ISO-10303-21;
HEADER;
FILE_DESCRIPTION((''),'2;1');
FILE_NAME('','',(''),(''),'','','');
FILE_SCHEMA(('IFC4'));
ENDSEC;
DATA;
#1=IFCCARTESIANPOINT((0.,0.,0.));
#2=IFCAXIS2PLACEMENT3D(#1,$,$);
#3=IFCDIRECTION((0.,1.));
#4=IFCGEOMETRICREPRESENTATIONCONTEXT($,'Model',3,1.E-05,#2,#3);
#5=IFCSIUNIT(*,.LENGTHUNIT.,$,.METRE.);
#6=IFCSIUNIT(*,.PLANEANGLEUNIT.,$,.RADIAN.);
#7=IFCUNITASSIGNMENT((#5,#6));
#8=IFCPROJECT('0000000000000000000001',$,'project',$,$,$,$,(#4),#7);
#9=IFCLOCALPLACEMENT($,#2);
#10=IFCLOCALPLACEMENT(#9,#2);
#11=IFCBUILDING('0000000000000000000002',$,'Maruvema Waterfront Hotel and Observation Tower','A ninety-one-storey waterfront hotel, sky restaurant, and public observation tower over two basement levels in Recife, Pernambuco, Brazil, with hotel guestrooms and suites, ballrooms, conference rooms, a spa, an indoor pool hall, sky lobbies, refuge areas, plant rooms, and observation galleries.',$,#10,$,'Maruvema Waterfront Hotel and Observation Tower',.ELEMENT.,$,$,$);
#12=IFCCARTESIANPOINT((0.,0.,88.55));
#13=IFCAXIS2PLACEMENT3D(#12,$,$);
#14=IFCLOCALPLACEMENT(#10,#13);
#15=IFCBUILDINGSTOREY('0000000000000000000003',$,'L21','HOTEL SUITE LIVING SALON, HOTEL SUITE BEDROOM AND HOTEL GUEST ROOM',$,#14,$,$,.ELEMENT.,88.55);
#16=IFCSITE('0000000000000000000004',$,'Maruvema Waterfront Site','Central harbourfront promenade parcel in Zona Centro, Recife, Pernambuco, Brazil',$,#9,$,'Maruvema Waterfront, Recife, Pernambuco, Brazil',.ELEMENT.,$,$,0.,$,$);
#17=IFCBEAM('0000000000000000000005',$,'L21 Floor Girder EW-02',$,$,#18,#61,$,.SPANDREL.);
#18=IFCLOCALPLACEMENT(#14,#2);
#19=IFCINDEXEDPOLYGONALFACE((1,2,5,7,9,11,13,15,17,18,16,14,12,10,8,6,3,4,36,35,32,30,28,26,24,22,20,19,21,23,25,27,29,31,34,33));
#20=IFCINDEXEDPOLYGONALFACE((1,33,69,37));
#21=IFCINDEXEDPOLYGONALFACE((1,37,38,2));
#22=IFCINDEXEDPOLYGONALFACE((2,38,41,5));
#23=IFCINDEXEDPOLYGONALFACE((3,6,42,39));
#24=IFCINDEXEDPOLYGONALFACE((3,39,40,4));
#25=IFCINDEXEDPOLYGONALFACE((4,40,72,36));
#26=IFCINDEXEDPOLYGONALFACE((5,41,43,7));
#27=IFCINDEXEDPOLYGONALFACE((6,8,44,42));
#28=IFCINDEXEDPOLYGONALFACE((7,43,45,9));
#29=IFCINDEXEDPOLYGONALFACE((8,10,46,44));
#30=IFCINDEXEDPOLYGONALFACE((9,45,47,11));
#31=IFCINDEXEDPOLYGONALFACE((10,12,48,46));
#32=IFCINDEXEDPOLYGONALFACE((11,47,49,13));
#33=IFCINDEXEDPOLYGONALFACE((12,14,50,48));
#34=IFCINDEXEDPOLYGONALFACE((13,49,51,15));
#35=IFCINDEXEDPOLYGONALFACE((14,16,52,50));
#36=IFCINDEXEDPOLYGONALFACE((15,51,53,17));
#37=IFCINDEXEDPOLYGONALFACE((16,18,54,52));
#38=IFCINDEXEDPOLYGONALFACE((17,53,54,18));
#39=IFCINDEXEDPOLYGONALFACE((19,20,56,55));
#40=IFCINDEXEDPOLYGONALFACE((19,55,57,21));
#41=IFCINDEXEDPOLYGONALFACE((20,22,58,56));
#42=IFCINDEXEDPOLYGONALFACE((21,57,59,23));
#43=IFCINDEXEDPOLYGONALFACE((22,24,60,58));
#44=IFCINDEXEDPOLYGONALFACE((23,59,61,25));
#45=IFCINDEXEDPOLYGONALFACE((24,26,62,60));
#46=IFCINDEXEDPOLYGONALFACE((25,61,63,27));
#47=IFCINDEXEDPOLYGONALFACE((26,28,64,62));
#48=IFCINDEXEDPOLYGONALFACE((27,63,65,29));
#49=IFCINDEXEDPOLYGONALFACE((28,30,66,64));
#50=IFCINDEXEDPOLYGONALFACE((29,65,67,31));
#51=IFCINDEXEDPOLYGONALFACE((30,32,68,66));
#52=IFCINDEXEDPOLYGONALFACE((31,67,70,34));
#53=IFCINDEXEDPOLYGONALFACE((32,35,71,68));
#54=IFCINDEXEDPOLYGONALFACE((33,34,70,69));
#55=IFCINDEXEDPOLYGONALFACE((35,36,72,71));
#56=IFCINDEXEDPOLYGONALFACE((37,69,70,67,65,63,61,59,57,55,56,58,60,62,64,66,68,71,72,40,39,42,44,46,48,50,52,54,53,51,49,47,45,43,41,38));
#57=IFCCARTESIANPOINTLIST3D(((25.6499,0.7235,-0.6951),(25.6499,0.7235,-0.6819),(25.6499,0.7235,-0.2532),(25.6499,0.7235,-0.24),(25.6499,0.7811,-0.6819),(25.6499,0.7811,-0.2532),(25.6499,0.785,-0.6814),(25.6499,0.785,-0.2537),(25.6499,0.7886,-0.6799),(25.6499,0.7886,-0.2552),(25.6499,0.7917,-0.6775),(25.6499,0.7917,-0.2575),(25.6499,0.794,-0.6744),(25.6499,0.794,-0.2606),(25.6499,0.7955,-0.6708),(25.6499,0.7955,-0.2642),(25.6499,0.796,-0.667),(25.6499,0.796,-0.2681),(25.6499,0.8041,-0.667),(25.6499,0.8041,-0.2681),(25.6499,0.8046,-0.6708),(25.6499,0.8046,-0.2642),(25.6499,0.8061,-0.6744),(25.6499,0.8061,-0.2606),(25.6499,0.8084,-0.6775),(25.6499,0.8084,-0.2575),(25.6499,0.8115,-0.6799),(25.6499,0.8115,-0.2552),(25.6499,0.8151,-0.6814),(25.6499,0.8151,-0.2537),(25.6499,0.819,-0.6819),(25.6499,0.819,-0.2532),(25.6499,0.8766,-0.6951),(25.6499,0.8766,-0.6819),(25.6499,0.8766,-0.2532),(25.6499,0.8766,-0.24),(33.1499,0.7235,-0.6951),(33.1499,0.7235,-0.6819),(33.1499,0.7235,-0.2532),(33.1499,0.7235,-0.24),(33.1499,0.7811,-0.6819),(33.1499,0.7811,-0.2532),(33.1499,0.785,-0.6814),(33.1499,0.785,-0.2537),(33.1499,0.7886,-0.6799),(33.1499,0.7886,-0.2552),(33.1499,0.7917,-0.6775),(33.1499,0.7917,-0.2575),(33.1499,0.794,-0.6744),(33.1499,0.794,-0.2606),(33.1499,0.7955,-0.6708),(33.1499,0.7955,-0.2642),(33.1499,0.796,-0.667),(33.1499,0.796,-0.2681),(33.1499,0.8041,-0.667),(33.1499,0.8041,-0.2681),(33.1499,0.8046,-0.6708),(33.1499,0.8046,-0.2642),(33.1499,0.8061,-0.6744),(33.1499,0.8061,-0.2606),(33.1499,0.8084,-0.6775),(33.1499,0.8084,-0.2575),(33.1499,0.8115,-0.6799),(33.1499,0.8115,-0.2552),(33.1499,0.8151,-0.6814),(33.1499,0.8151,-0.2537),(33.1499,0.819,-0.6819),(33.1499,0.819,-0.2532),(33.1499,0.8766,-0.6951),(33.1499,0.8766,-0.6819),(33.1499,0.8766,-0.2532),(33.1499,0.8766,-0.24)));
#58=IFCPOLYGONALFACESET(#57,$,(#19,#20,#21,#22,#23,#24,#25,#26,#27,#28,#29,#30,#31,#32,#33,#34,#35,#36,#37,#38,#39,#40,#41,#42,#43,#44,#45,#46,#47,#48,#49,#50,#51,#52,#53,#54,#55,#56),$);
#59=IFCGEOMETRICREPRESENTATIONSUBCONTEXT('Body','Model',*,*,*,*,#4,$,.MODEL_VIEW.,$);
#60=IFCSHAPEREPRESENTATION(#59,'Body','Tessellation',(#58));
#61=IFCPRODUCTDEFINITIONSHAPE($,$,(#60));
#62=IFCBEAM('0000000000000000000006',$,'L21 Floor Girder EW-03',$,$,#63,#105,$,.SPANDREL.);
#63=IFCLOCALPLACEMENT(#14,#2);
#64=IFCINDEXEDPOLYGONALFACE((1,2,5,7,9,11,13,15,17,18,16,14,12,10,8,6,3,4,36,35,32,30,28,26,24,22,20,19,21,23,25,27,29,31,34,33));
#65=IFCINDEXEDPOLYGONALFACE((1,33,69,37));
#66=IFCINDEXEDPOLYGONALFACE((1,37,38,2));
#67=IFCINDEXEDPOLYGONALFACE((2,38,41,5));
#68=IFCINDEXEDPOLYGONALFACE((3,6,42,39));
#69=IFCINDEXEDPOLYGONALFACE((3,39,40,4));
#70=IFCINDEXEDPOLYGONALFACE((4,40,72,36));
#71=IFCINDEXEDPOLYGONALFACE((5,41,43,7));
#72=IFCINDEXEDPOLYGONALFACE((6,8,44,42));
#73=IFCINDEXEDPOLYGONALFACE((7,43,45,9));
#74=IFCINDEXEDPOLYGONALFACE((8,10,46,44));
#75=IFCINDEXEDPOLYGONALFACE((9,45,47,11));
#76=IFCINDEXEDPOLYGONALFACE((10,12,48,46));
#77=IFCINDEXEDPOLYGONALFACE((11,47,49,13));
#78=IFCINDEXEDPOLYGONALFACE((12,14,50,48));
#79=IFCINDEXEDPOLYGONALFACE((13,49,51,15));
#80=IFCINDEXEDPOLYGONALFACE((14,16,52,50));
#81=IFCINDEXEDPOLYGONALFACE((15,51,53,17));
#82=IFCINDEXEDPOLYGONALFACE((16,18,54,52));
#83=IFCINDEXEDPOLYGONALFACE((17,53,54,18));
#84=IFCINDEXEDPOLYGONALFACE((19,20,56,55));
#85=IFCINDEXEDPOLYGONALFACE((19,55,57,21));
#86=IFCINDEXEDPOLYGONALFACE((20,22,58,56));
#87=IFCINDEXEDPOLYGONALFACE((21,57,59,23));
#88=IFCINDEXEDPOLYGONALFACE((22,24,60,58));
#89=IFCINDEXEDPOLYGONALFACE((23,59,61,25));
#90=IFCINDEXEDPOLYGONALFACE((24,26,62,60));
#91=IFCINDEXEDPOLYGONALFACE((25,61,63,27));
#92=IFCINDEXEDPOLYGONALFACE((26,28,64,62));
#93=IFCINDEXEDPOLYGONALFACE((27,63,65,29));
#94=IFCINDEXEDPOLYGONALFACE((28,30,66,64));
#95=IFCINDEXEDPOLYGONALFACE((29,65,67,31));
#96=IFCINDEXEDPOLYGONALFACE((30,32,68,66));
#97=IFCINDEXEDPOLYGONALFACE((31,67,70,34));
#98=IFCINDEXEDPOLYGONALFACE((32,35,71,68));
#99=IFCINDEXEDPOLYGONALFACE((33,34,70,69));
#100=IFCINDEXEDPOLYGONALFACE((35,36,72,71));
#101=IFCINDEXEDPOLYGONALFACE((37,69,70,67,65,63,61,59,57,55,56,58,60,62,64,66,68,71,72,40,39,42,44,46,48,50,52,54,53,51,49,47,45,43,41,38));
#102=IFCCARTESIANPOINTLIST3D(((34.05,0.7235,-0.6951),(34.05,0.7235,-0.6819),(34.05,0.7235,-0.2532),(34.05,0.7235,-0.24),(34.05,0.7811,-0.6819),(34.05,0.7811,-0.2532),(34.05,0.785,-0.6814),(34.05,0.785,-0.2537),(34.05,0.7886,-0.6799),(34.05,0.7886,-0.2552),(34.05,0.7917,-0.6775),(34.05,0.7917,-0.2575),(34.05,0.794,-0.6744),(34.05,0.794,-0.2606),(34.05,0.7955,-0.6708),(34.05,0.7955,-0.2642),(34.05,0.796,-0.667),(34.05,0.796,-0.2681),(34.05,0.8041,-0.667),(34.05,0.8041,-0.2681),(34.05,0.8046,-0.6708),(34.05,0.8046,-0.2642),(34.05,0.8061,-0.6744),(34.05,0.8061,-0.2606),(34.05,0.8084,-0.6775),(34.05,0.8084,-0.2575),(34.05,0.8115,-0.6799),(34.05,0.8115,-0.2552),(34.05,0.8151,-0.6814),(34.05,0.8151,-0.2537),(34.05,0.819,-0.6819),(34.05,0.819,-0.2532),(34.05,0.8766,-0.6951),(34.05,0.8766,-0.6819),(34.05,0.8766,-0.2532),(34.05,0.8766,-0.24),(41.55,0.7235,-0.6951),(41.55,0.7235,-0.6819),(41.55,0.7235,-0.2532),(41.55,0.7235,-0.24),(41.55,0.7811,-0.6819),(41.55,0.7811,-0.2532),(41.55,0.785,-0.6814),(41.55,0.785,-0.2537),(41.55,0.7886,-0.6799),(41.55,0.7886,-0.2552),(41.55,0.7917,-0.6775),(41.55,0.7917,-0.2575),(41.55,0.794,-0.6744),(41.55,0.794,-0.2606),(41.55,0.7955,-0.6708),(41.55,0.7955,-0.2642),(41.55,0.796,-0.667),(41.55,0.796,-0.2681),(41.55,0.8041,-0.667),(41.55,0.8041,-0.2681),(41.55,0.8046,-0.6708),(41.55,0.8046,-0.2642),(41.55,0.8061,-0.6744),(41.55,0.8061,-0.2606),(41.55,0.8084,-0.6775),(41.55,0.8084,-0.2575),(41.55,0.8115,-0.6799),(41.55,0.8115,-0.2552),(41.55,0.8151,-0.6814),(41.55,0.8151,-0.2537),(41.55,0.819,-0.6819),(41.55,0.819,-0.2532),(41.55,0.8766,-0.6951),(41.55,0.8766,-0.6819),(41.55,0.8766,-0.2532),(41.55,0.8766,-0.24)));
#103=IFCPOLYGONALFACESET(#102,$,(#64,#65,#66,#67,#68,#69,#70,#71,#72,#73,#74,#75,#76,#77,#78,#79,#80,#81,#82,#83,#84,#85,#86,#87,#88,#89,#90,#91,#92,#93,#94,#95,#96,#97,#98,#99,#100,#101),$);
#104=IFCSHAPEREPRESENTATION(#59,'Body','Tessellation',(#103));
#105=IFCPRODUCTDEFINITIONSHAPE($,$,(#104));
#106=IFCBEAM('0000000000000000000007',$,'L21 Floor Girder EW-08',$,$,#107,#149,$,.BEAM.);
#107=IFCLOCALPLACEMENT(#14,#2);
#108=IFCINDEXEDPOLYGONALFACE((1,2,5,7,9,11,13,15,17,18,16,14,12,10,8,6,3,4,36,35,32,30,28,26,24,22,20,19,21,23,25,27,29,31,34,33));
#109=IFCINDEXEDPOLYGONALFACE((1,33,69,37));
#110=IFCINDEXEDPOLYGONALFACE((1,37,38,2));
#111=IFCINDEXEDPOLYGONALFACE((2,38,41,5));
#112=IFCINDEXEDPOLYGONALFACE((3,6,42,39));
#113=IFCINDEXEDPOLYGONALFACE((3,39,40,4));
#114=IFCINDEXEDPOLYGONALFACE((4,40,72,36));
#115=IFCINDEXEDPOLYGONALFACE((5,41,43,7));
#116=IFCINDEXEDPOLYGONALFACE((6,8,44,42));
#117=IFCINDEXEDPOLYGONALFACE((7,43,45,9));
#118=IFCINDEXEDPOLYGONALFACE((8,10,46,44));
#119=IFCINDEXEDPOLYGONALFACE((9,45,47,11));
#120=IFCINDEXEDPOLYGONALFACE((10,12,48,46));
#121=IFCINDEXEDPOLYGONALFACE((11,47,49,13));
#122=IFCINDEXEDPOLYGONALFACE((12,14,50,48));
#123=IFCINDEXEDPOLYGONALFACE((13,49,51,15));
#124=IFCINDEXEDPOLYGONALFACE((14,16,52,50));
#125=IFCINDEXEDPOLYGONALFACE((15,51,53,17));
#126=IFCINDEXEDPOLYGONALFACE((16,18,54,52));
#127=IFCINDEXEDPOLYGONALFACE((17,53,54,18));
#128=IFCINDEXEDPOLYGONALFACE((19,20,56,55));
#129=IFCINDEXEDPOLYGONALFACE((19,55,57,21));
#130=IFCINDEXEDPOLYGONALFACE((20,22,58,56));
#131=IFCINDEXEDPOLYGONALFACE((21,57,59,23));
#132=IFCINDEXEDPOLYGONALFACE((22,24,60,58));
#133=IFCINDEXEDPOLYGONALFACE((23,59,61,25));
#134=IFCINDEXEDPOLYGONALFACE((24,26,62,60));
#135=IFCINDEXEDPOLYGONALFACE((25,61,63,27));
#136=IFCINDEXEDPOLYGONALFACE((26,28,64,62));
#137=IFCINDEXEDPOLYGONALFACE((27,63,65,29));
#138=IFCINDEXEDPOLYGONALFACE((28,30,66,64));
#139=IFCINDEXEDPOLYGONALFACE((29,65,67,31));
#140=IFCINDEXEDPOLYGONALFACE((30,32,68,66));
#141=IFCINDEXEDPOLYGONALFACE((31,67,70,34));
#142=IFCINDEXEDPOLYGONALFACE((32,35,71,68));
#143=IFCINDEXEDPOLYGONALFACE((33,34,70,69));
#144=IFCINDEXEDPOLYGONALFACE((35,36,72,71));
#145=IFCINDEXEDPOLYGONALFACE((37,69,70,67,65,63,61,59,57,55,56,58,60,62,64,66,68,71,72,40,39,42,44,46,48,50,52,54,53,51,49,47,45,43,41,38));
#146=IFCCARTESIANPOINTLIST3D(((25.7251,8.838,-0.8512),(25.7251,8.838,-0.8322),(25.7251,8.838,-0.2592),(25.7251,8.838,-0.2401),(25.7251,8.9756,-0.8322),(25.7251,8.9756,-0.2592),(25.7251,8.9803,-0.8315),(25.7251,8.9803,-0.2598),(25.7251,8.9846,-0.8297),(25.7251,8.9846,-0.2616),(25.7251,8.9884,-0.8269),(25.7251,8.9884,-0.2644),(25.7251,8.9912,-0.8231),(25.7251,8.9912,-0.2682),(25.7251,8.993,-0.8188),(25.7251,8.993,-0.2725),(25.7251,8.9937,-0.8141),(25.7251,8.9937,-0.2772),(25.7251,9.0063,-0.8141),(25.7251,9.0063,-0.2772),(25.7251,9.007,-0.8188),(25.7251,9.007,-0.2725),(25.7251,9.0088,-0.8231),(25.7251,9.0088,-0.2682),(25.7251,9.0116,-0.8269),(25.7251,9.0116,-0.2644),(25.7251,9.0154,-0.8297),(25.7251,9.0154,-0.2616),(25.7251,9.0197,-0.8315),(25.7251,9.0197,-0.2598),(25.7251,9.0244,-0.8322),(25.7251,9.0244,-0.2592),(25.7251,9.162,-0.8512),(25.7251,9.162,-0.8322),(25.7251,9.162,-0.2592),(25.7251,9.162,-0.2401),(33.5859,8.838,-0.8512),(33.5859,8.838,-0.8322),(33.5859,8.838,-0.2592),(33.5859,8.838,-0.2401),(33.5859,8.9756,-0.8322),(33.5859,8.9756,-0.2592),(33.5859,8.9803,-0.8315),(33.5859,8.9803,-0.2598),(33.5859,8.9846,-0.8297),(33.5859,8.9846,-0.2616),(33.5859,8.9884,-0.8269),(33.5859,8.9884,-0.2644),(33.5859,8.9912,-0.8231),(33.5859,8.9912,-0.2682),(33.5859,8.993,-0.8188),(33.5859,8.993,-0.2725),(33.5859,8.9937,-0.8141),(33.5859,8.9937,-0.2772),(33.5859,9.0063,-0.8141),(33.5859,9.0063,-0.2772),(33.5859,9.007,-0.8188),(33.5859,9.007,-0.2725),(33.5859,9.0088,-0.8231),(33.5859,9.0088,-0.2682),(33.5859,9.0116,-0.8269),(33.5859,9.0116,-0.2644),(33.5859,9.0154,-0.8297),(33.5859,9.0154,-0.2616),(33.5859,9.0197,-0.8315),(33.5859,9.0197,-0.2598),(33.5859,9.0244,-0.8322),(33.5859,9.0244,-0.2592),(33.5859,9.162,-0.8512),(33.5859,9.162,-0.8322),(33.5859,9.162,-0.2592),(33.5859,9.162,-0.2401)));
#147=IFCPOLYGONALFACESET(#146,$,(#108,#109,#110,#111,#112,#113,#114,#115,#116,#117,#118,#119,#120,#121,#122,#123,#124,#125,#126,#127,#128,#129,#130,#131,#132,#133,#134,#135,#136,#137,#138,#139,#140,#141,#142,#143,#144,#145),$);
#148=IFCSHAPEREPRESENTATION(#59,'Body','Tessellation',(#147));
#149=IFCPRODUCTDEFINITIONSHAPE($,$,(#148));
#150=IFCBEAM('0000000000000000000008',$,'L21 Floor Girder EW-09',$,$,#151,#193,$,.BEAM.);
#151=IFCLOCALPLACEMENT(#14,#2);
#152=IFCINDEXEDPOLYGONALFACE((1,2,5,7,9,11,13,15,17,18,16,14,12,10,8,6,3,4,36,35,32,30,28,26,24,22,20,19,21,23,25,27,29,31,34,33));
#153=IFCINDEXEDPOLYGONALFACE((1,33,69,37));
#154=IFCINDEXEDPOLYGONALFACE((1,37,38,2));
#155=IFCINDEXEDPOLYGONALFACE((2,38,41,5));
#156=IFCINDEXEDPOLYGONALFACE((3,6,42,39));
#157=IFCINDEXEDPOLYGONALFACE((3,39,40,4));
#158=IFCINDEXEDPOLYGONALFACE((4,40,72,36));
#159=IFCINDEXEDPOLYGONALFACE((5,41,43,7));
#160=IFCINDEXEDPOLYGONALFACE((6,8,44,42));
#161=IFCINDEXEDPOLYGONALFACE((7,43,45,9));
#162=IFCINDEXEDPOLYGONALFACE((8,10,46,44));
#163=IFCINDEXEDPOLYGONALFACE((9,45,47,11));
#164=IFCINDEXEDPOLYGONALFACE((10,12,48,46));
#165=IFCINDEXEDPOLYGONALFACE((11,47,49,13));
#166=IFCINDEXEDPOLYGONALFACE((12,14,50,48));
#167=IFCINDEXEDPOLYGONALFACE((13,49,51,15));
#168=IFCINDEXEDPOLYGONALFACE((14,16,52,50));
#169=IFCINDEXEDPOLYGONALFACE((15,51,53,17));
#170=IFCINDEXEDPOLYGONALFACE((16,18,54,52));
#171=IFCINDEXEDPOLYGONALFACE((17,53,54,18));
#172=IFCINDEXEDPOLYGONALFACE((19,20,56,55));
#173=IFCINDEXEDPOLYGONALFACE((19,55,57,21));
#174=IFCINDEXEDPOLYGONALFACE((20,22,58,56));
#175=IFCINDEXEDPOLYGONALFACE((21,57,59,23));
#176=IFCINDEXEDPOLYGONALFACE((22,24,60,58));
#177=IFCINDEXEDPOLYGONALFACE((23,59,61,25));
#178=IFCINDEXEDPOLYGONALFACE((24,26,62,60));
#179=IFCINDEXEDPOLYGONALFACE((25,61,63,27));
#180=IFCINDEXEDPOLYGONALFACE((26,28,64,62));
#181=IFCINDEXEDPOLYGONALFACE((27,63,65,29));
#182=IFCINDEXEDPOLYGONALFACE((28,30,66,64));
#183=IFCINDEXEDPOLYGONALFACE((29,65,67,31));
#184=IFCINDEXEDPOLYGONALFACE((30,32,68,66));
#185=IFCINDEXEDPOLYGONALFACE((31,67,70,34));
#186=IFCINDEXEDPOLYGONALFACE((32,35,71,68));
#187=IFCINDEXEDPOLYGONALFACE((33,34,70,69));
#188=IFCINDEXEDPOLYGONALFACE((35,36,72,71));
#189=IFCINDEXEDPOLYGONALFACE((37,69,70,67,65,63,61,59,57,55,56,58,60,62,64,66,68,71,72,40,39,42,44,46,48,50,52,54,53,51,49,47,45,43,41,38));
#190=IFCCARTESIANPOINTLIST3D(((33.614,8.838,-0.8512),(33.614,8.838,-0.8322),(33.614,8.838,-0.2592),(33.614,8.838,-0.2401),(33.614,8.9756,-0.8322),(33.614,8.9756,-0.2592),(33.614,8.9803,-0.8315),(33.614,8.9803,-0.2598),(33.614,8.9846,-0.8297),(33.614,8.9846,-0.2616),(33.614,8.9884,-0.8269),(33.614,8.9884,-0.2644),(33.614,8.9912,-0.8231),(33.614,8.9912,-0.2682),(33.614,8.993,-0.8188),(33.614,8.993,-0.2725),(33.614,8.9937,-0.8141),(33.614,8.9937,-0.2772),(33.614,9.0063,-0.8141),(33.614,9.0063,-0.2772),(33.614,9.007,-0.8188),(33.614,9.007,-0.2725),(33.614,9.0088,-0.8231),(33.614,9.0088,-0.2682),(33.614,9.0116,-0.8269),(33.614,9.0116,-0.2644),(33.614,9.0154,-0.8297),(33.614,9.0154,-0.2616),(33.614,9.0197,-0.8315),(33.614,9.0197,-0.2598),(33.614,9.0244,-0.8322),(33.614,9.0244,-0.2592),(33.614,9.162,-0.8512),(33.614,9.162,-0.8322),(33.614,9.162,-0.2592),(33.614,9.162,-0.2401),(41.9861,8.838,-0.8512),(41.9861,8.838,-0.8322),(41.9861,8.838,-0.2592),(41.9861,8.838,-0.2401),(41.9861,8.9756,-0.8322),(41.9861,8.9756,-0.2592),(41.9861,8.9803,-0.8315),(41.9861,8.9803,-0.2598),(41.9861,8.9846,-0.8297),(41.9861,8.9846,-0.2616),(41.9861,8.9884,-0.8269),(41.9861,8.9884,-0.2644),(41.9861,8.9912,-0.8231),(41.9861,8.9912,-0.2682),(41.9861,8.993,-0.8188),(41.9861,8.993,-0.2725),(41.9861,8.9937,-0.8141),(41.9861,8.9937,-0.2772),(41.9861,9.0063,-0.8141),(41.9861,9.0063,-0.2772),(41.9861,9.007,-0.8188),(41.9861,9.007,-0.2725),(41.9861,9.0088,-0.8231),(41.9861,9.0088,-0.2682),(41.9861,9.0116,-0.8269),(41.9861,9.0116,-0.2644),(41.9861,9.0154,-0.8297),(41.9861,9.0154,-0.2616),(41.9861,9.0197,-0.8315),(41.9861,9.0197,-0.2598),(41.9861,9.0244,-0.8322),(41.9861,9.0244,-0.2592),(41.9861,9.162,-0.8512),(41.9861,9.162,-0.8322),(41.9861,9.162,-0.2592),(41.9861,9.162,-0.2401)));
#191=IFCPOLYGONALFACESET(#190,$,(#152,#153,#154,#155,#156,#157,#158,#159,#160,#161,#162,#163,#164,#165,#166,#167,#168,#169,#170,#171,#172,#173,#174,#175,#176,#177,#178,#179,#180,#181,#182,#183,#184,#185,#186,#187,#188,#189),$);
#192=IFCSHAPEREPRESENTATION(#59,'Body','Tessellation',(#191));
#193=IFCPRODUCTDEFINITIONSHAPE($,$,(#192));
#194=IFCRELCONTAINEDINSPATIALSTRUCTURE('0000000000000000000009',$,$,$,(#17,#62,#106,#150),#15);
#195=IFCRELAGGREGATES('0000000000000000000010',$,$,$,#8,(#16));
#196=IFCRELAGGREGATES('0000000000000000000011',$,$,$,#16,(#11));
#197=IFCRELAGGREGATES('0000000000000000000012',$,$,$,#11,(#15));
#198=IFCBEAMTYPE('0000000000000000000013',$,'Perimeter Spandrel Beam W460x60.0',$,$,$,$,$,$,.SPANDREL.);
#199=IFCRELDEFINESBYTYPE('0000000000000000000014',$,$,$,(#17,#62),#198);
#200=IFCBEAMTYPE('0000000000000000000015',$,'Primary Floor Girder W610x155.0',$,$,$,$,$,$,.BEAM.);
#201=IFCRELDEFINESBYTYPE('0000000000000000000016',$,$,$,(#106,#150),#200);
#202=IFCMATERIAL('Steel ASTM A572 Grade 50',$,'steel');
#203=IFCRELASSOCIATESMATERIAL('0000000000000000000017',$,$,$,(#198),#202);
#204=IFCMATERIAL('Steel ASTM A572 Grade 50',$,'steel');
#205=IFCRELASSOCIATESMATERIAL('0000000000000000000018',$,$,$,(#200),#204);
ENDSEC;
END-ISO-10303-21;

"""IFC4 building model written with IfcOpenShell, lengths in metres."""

from ifc_helpers import new_model, si_unit, direction, frame, origin, origin_2d, place, context, subcontext, project, spatial, i_section, extrude, material, material_profile, profile_set, type_object, element, save


model = new_model("IFC4")

# Units and contexts
model_context = context("Model", 3, precision=1e-05, world=origin(), true_north=direction((0.0, 1.0)))
body_context = subcontext(model_context, "Body", "Model", "MODEL_VIEW")
ifc_project = project(units=[si_unit("LENGTHUNIT", "METRE"), si_unit("PLANEANGLEUNIT", "RADIAN")], contexts=[model_context])

# Site, building, storey
site_placement = place(None, origin())
site = spatial("IfcSite", under=ifc_project, at=site_placement, Name="Maruvema Waterfront Site", Description="Central harbourfront promenade parcel in Zona Centro, Recife, Pernambuco, Brazil", LongName="Maruvema Waterfront, Recife, Pernambuco, Brazil", CompositionType="ELEMENT", RefElevation=0.0)
building_placement = place(site_placement, origin())
building = spatial("IfcBuilding", under=site, at=building_placement, Name="Maruvema Waterfront Hotel and Observation Tower", Description="A ninety-one-storey waterfront hotel, sky restaurant, and public observation tower over two basement levels in Recife, Pernambuco, Brazil, with hotel guestrooms and suites, ballrooms, conference rooms, a spa, an indoor pool hall, sky lobbies, refuge areas, plant rooms, and observation galleries.", LongName="Maruvema Waterfront Hotel and Observation Tower", CompositionType="ELEMENT")
storey_placement = place(building_placement, frame((0.0, 0.0, 88.55)))
storey = spatial("IfcBuildingStorey", under=building, at=storey_placement, Name="L21", Description="HOTEL SUITE LIVING SALON, HOTEL SUITE BEDROOM AND HOTEL GUEST ROOM", CompositionType="ELEMENT", Elevation=88.55)

# Beams
ifc_material_1 = material(Name="Steel ASTM A572 Grade 50", Category="steel")
ifc_material_profile_1 = material_profile(ifc_material_1, i_section(OverallWidth=0.1531, OverallDepth=0.4551, WebThickness=0.0081, FlangeThickness=0.0132, FilletRadius=0.0149, at=origin_2d()), Name="W460x60.0")
ifc_profile_set_1 = profile_set([ifc_material_profile_1], Name="Steel ASTM A572 Grade 50")
beam_type_1 = type_object("IfcBeamType", Name="Perimeter Spandrel Beam W460x60.0", PredefinedType="SPANDREL", material=ifc_profile_set_1)
for number, where, z_axis, x_axis, name in (
    (1, (25.6499, 0.8, -0.4675), (1.0, 0.0, 0.0), (0.0, 1.0, 0.0), "L21 Floor Girder EW-02"),
    (2, (34.05, 0.8, -0.4675), (1.0, 0.0, 0.0), (0.0, 1.0, 0.0), "L21 Floor Girder EW-03"),
):
    element("IfcBeam", number, at=place(storey_placement, frame(where, z_axis=z_axis, x_axis=x_axis)), inside=storey, type_object=beam_type_1, Name=name, PredefinedType="SPANDREL", context=body_context, shape_type="SweptSolid", body=[
        extrude(i_section(OverallWidth=0.1531, OverallDepth=0.4551, WebThickness=0.0081, FlangeThickness=0.0132, FilletRadius=0.0149, at=origin_2d()), origin(), (0.0, 0.0, 1.0), 7.5),
    ])
ifc_material_2 = material(Name="Steel ASTM A572 Grade 50", Category="steel")
ifc_material_profile_2 = material_profile(ifc_material_2, i_section(OverallWidth=0.324, OverallDepth=0.6111, WebThickness=0.0127, FlangeThickness=0.019, FilletRadius=0.0181, at=origin_2d()), Name="W610x155.0")
ifc_profile_set_2 = profile_set([ifc_material_profile_2], Name="Steel ASTM A572 Grade 50")
beam_type_2 = type_object("IfcBeamType", Name="Primary Floor Girder W610x155.0", PredefinedType="BEAM", material=ifc_profile_set_2)
beam_1_placement = place(storey_placement, frame((25.7251, 9.0, -0.5457), z_axis=(1.0, 0.0, 0.0), x_axis=(0.0, 1.0, 0.0)))
element("IfcBeam", 3, at=beam_1_placement, inside=storey, type_object=beam_type_2, Name="L21 Floor Girder EW-08", PredefinedType="BEAM", context=body_context, shape_type="SweptSolid", body=[
    extrude(i_section(OverallWidth=0.324, OverallDepth=0.6111, WebThickness=0.0127, FlangeThickness=0.019, FilletRadius=0.0181, at=origin_2d()), origin(), (0.0, 0.0, 1.0), 7.8608),
])
beam_2_placement = place(storey_placement, frame((33.614, 9.0, -0.5457), z_axis=(1.0, 0.0, 0.0), x_axis=(0.0, 1.0, 0.0)))
element("IfcBeam", 4, at=beam_2_placement, inside=storey, type_object=beam_type_2, Name="L21 Floor Girder EW-09", PredefinedType="BEAM", context=body_context, shape_type="SweptSolid", body=[
    extrude(i_section(OverallWidth=0.324, OverallDepth=0.6111, WebThickness=0.0127, FlangeThickness=0.019, FilletRadius=0.0181, at=origin_2d()), origin(), (0.0, 0.0, 1.0), 8.3721),
])

save(model, "model.ifc")
